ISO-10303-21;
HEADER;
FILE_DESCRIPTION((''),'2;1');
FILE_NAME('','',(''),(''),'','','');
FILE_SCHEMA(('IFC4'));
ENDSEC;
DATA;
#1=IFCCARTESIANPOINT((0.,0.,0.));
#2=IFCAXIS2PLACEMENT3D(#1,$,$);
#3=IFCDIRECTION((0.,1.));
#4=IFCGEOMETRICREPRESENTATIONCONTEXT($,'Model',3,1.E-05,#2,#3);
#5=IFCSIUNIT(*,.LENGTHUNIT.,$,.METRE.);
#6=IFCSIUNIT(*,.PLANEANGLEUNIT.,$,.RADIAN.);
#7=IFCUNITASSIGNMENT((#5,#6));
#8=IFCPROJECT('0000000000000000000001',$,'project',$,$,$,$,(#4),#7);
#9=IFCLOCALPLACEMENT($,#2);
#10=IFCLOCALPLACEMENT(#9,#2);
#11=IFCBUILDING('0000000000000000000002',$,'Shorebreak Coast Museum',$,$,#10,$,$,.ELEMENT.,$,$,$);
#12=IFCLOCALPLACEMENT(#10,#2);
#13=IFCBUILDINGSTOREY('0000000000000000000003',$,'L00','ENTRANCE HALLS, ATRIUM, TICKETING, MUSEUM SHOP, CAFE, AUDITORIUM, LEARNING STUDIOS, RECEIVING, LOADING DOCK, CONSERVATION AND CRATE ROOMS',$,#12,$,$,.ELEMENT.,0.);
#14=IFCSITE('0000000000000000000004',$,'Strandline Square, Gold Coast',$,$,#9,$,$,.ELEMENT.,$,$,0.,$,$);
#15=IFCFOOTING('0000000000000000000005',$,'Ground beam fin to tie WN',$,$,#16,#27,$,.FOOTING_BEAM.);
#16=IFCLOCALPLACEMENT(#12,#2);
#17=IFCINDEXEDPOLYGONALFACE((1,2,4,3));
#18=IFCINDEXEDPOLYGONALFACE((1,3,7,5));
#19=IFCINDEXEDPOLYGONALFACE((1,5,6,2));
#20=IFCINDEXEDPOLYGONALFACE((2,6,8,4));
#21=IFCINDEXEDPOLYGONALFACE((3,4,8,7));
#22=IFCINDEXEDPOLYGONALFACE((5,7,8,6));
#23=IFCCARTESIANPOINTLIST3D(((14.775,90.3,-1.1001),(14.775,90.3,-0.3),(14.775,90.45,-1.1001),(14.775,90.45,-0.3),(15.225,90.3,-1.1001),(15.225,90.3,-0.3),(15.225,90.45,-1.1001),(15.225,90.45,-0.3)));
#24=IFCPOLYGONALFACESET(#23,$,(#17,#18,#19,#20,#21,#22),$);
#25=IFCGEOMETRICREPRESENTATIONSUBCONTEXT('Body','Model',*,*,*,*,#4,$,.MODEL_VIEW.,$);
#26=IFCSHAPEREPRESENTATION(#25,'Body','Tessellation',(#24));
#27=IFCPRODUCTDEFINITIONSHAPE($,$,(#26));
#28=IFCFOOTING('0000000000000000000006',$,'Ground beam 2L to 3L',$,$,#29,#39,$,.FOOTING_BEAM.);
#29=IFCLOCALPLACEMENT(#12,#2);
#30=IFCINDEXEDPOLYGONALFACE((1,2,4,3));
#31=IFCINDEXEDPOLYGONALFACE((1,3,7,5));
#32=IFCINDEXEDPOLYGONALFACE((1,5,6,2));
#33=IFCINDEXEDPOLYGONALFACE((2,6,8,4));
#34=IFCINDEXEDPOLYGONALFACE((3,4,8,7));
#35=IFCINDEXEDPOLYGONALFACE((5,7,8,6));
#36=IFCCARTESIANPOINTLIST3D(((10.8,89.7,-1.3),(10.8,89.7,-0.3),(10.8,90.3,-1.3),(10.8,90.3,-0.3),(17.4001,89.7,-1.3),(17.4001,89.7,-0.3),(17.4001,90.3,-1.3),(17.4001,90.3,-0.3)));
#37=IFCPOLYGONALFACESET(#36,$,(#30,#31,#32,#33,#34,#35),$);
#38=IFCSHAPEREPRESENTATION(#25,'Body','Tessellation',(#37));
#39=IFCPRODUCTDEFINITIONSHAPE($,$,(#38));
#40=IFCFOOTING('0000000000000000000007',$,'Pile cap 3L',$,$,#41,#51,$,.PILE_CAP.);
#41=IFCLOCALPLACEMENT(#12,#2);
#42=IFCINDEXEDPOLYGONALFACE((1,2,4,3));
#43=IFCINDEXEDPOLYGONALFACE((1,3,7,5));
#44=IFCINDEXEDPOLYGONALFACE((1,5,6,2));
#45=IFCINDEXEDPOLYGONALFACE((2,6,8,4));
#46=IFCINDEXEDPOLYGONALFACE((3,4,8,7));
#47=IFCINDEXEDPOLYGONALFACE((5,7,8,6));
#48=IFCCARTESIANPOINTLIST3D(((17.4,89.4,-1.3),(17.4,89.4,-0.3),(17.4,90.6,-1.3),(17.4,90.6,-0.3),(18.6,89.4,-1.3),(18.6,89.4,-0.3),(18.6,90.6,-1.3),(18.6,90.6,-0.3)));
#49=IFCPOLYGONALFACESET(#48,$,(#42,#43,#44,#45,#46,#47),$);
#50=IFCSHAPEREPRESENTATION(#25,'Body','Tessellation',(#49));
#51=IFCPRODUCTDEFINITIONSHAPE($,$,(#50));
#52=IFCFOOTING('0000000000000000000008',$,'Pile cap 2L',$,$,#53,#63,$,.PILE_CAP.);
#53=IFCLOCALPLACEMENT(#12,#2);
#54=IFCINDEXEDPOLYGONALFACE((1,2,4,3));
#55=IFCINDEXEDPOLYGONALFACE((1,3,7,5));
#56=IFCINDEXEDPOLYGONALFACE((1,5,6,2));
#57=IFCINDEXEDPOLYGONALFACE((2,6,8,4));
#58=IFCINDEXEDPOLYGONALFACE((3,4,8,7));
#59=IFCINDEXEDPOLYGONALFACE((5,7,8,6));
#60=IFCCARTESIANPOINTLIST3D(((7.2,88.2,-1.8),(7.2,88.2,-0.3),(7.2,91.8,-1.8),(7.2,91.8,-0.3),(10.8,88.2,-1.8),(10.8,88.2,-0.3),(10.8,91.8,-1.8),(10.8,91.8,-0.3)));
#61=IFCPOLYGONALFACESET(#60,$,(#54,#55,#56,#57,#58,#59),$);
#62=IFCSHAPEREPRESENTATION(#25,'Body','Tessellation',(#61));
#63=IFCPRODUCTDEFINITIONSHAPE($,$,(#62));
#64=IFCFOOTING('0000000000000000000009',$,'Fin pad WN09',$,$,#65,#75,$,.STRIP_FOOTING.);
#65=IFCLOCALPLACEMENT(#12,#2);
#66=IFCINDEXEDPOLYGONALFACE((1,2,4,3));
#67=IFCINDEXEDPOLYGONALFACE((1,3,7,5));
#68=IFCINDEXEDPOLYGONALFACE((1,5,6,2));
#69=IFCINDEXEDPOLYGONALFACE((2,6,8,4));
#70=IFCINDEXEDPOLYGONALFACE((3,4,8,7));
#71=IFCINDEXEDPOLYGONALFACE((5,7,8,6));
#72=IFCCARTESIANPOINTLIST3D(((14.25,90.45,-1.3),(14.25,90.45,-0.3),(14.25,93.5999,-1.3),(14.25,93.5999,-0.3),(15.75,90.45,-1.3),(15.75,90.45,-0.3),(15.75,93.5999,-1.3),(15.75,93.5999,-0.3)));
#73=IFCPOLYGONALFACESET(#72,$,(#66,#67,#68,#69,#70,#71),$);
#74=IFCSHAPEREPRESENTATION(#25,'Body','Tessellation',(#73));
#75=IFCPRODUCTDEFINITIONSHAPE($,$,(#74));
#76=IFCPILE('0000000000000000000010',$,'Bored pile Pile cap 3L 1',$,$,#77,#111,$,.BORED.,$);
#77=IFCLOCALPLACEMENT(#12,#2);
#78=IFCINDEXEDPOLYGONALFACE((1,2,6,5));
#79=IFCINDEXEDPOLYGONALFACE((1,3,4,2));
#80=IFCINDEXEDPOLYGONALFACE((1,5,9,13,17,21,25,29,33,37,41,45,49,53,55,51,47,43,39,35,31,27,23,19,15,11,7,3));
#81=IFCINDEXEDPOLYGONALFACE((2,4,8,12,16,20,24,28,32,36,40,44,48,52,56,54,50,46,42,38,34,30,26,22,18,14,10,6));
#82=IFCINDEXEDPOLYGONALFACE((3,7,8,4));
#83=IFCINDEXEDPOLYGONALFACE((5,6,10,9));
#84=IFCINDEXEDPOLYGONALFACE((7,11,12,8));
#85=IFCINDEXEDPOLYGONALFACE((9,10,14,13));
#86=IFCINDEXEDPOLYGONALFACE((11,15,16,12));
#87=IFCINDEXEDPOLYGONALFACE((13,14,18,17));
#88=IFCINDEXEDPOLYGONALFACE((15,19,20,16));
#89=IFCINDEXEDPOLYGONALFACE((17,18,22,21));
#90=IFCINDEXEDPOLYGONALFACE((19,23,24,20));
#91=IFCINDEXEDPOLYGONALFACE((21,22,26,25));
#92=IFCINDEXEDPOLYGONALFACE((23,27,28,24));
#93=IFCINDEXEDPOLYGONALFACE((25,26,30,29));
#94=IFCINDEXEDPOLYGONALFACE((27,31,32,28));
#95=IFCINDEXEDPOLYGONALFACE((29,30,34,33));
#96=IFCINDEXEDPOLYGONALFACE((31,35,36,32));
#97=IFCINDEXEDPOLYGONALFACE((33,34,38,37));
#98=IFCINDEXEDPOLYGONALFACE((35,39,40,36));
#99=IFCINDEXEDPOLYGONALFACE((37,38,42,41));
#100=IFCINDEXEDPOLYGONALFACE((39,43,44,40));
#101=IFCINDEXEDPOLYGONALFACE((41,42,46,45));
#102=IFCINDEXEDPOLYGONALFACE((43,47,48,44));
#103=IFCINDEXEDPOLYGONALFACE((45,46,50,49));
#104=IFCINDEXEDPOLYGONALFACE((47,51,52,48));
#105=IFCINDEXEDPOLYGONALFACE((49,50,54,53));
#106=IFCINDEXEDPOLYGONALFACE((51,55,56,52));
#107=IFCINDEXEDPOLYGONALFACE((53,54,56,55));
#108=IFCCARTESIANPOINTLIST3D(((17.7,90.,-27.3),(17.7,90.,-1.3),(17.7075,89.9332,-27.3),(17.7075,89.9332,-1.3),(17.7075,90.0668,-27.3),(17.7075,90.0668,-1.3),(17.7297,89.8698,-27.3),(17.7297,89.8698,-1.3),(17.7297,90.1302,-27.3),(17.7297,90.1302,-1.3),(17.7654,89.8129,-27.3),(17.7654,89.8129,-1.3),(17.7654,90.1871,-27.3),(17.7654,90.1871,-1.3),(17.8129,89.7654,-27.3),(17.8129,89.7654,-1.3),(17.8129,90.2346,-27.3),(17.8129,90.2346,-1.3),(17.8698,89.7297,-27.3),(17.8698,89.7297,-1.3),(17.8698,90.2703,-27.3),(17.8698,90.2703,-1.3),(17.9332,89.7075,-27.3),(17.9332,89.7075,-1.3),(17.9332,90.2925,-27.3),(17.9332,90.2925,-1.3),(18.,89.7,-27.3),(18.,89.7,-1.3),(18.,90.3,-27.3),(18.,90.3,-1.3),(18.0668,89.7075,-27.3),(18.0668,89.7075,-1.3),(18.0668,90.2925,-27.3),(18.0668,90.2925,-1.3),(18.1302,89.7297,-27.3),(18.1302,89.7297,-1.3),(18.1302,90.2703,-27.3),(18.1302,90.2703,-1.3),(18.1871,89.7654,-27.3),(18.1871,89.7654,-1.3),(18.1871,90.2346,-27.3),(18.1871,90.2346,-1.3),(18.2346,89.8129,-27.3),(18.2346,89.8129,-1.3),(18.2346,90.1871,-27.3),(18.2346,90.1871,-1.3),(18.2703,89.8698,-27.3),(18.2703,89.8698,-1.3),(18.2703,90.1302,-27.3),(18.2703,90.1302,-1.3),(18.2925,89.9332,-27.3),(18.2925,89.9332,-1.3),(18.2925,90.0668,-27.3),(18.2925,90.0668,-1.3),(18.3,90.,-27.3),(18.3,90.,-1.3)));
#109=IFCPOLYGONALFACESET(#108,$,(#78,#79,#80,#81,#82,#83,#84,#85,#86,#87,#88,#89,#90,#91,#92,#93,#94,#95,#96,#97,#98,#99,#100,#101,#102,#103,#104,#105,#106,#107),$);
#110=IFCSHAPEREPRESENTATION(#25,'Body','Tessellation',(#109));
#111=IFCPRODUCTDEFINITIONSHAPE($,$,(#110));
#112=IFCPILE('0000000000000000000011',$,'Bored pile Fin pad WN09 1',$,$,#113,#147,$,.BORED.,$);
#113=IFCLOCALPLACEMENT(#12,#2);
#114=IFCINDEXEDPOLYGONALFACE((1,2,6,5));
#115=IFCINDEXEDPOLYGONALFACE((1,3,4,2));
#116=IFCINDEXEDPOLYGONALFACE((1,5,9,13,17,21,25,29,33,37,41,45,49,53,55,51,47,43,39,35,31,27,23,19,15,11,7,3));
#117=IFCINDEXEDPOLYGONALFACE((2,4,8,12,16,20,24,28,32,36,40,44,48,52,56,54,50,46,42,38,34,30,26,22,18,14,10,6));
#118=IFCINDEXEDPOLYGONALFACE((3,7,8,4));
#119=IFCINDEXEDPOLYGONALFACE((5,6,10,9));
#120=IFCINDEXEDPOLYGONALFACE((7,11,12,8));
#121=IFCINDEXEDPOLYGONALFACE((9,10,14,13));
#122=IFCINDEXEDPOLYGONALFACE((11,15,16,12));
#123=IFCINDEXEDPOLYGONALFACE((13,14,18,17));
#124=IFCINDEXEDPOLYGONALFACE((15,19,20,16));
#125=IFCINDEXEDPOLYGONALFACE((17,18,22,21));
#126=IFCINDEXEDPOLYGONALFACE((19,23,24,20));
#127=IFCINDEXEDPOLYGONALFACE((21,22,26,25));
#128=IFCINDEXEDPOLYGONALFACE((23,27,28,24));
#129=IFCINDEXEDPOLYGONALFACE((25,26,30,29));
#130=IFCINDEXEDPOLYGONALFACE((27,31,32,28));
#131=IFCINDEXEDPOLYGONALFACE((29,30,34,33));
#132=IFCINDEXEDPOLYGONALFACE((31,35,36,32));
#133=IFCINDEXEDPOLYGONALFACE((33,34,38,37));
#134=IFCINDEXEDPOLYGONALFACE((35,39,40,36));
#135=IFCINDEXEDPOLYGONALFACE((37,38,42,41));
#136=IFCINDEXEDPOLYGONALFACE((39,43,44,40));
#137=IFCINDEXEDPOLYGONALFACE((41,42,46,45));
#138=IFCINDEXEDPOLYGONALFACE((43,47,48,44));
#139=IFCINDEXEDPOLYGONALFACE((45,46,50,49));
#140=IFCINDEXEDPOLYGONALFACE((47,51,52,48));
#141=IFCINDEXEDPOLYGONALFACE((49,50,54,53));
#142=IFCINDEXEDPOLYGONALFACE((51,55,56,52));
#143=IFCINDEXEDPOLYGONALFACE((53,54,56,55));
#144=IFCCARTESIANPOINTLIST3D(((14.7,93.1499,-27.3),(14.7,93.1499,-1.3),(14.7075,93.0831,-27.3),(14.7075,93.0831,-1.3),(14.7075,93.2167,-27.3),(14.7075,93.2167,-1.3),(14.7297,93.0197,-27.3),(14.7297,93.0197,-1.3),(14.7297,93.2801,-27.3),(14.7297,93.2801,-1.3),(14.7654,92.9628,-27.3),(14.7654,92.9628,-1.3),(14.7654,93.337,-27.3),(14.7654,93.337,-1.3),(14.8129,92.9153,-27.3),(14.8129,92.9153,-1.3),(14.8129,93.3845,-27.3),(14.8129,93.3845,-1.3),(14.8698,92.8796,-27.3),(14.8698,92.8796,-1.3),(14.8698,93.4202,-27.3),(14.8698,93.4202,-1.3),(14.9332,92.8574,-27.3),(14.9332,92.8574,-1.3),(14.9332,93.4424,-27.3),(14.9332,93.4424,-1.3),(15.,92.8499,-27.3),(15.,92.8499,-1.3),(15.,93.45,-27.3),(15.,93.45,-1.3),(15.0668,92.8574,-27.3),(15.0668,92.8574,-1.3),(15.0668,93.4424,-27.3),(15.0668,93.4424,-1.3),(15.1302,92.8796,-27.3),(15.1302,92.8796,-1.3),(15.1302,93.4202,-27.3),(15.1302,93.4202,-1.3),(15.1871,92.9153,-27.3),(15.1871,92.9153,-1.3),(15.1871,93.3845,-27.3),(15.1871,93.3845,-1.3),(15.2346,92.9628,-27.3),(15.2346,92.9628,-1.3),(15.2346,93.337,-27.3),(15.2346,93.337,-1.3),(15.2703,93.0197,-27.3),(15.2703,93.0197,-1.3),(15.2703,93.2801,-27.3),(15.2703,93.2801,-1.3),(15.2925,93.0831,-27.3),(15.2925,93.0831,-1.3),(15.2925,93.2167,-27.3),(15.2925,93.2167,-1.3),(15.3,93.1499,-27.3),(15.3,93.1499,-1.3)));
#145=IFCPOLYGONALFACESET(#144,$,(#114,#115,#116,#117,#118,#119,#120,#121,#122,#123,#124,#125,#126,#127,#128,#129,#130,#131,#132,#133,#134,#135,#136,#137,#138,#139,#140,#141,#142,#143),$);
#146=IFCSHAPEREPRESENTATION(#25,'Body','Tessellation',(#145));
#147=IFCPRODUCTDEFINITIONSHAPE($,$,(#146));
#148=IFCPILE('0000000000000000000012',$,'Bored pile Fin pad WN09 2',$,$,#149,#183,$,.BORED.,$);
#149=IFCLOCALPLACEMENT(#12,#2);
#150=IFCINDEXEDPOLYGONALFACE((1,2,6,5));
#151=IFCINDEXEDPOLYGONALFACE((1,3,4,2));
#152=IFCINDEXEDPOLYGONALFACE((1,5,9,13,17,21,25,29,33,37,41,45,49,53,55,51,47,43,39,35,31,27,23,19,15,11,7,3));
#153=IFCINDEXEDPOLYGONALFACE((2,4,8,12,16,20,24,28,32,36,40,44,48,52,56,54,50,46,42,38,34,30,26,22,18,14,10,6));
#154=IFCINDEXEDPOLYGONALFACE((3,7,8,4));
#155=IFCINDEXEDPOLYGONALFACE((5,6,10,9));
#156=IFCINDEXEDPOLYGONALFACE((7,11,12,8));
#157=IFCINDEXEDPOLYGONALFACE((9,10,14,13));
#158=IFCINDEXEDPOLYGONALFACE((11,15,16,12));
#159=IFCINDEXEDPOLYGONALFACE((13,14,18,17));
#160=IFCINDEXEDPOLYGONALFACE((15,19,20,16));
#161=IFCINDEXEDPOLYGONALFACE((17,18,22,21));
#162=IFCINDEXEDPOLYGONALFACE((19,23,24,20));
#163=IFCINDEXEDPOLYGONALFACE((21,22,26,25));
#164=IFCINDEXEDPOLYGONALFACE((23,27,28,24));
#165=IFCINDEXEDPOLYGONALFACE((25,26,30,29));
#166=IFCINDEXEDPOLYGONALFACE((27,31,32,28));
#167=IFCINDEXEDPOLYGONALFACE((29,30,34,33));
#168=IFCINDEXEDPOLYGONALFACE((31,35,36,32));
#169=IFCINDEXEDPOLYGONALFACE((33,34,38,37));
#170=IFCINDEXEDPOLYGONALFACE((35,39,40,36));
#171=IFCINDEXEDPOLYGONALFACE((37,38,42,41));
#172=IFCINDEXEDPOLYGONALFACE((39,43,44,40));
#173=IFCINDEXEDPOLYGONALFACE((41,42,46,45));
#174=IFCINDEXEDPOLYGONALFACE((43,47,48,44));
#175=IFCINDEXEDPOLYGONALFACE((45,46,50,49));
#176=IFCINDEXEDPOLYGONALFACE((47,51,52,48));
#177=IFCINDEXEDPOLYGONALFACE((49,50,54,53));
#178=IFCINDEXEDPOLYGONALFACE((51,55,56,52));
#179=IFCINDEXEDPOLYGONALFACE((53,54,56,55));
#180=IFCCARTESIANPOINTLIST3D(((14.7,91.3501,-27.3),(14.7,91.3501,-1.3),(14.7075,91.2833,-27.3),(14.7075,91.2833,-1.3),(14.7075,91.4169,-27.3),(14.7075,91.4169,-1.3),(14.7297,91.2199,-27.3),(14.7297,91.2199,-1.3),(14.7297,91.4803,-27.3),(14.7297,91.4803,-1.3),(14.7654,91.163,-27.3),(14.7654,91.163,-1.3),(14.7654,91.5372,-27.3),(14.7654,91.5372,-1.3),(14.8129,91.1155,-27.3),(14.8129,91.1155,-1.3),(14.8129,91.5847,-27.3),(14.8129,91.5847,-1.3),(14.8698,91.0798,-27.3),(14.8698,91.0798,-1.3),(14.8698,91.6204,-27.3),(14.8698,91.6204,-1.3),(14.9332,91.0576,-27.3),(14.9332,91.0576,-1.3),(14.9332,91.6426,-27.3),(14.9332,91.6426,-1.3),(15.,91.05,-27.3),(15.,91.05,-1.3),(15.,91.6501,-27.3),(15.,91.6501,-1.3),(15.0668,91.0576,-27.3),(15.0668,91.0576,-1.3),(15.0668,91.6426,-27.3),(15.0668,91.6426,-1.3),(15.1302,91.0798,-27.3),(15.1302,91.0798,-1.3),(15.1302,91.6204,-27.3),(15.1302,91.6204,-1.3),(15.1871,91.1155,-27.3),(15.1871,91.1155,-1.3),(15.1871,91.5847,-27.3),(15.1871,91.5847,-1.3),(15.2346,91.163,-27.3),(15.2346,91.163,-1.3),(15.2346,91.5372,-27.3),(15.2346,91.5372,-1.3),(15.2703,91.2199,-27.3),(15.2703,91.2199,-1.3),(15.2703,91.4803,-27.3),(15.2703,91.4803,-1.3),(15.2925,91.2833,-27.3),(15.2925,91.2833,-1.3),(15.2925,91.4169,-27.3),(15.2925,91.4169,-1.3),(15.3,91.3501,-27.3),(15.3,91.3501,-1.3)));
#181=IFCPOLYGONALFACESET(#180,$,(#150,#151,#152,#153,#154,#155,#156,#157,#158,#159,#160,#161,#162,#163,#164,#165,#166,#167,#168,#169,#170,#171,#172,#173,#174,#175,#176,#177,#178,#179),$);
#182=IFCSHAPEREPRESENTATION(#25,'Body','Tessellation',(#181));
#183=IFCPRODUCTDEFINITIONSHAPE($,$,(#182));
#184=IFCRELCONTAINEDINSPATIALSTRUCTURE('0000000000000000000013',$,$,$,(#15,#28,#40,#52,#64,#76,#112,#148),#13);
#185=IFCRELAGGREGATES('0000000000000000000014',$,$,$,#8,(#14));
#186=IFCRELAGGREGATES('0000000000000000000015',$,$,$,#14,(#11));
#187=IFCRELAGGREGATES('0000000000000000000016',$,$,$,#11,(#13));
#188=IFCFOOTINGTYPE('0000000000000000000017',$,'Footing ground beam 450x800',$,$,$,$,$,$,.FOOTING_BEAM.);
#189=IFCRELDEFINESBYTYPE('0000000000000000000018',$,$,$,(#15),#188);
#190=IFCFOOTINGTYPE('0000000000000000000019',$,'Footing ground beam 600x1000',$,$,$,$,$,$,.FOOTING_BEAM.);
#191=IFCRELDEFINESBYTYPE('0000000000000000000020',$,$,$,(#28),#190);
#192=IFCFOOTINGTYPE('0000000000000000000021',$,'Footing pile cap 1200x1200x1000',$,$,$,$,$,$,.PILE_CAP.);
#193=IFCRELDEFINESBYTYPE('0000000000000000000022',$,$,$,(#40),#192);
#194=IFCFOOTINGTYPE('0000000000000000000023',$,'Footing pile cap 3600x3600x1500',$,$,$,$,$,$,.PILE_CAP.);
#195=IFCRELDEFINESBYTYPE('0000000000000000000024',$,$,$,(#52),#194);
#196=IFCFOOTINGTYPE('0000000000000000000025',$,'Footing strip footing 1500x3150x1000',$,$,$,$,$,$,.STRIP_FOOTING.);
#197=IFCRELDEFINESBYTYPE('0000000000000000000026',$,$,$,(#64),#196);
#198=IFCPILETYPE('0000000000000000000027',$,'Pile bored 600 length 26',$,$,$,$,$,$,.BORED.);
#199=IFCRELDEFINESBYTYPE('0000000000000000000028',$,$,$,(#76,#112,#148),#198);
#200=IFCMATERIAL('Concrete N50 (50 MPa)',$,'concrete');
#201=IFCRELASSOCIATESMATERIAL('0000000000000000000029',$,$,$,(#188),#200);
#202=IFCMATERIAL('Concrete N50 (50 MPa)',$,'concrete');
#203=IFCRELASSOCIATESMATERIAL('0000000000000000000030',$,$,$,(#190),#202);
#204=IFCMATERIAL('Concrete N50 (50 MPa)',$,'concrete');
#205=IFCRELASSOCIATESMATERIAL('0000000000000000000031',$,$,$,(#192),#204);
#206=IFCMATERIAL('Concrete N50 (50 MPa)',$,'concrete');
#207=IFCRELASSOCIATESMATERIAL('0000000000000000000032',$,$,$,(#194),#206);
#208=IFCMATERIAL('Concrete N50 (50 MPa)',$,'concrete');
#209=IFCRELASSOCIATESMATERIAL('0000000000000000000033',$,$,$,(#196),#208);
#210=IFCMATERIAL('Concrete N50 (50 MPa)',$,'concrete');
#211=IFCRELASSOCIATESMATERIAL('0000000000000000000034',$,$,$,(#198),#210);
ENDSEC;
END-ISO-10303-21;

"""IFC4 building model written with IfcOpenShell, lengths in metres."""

from ifc_helpers import new_model, si_unit, direction, frame, origin, origin_2d, place, context, subcontext, project, spatial, rectangle, circle, extrude, material, material_profile, profile_set, type_object, element, save


model = new_model("IFC4")

# Units and contexts
model_context = context("Model", 3, precision=1e-05, world=origin(), true_north=direction((0.0, 1.0)))
body_context = subcontext(model_context, "Body", "Model", "MODEL_VIEW")
ifc_project = project(units=[si_unit("LENGTHUNIT", "METRE"), si_unit("PLANEANGLEUNIT", "RADIAN")], contexts=[model_context])

# Site, building, storey
site_placement = place(None, origin())
site = spatial("IfcSite", under=ifc_project, at=site_placement, Name="Strandline Square, Gold Coast", CompositionType="ELEMENT", RefElevation=0.0)
building_placement = place(site_placement, origin())
building = spatial("IfcBuilding", under=site, at=building_placement, Name="Shorebreak Coast Museum", CompositionType="ELEMENT")
storey_placement = place(building_placement, origin())
storey = spatial("IfcBuildingStorey", under=building, at=storey_placement, Name="L00", Description="ENTRANCE HALLS, ATRIUM, TICKETING, MUSEUM SHOP, CAFE, AUDITORIUM, LEARNING STUDIOS, RECEIVING, LOADING DOCK, CONSERVATION AND CRATE ROOMS", CompositionType="ELEMENT", Elevation=0.0)

# Footings
ifc_material_1 = material(Name="Concrete N50 (50 MPa)", Category="concrete")
footing_type_1 = type_object("IfcFootingType", Name="Footing ground beam 450x800", PredefinedType="FOOTING_BEAM", material=ifc_material_1)
footing_1_placement = place(storey_placement, frame((15.0, 90.375, -1.1001), z_axis=(0.0, 0.0, 1.0), x_axis=(1.0, 0.0, 0.0)))
element("IfcFooting", 1, at=footing_1_placement, inside=storey, type_object=footing_type_1, Name="Ground beam fin to tie WN", PredefinedType="FOOTING_BEAM", context=body_context, shape_type="SweptSolid", body=[
    extrude(rectangle(XDim=0.45, YDim=0.1499, at=origin_2d()), origin(), (0.0, 0.0, 1.0), 0.8),
])
ifc_material_2 = material(Name="Concrete N50 (50 MPa)", Category="concrete")
footing_type_2 = type_object("IfcFootingType", Name="Footing ground beam 600x1000", PredefinedType="FOOTING_BEAM", material=ifc_material_2)
footing_2_placement = place(storey_placement, frame((14.1001, 90.0, -1.3), z_axis=(0.0, 0.0, 1.0), x_axis=(1.0, 0.0, 0.0)))
element("IfcFooting", 2, at=footing_2_placement, inside=storey, type_object=footing_type_2, Name="Ground beam 2L to 3L", PredefinedType="FOOTING_BEAM", context=body_context, shape_type="SweptSolid", body=[
    extrude(rectangle(XDim=6.6001, YDim=0.6001, at=origin_2d()), origin(), (0.0, 0.0, 1.0), 1.0),
])
ifc_material_3 = material(Name="Concrete N50 (50 MPa)", Category="concrete")
footing_type_3 = type_object("IfcFootingType", Name="Footing pile cap 1200x1200x1000", PredefinedType="PILE_CAP", material=ifc_material_3)
footing_3_placement = place(storey_placement, frame((18.0, 90.0, -1.3), z_axis=(0.0, 0.0, 1.0), x_axis=(1.0, 0.0, 0.0)))
element("IfcFooting", 3, at=footing_3_placement, inside=storey, type_object=footing_type_3, Name="Pile cap 3L", PredefinedType="PILE_CAP", context=body_context, shape_type="SweptSolid", body=[
    extrude(rectangle(XDim=1.2, YDim=1.2, at=origin_2d()), origin(), (0.0, 0.0, 1.0), 1.0),
])
ifc_material_4 = material(Name="Concrete N50 (50 MPa)", Category="concrete")
footing_type_4 = type_object("IfcFootingType", Name="Footing pile cap 3600x3600x1500", PredefinedType="PILE_CAP", material=ifc_material_4)
footing_4_placement = place(storey_placement, frame((9.0, 90.0, -1.8), z_axis=(0.0, 0.0, 1.0), x_axis=(1.0, 0.0, 0.0)))
element("IfcFooting", 4, at=footing_4_placement, inside=storey, type_object=footing_type_4, Name="Pile cap 2L", PredefinedType="PILE_CAP", context=body_context, shape_type="SweptSolid", body=[
    extrude(rectangle(XDim=3.6001, YDim=3.6001, at=origin_2d()), origin(), (0.0, 0.0, 1.0), 1.5),
])
ifc_material_5 = material(Name="Concrete N50 (50 MPa)", Category="concrete")
footing_type_5 = type_object("IfcFootingType", Name="Footing strip footing 1500x3150x1000", PredefinedType="STRIP_FOOTING", material=ifc_material_5)
footing_5_placement = place(storey_placement, frame((15.0, 92.0249, -1.3), z_axis=(0.0, 0.0, 1.0), x_axis=(1.0, 0.0, 0.0)))
element("IfcFooting", 5, at=footing_5_placement, inside=storey, type_object=footing_type_5, Name="Fin pad WN09", PredefinedType="STRIP_FOOTING", context=body_context, shape_type="SweptSolid", body=[
    extrude(rectangle(XDim=1.5, YDim=3.1499, at=origin_2d()), origin(), (0.0, 0.0, 1.0), 1.0),
])

# Piles
ifc_material_6 = material(Name="Concrete N50 (50 MPa)", Category="concrete")
ifc_material_profile_1 = material_profile(ifc_material_6, circle(Radius=0.3, at=origin_2d()), Name="Pile bored 600 length 26")
ifc_profile_set_1 = profile_set([ifc_material_profile_1], Name="Concrete N50 (50 MPa)")
pile_type_1 = type_object("IfcPileType", Name="Pile bored 600 length 26", PredefinedType="BORED", material=ifc_profile_set_1)
for number, where, z_axis, x_axis, name in (
    (6, (18.0, 90.0, -1.3), (0.0, 0.0, -1.0), (1.0, 0.0, 0.0), "Bored pile Pile cap 3L 1"),
    (7, (15.0, 93.1499, -1.3), (0.0, 0.0, -1.0), (1.0, 0.0, 0.0), "Bored pile Fin pad WN09 1"),
    (8, (15.0, 91.3501, -1.3), (0.0, 0.0, -1.0), (1.0, 0.0, 0.0), "Bored pile Fin pad WN09 2"),
):
    element("IfcPile", number, at=place(storey_placement, frame(where, z_axis=z_axis, x_axis=x_axis)), inside=storey, type_object=pile_type_1, Name=name, PredefinedType="BORED", context=body_context, shape_type="SweptSolid", body=[
        extrude(circle(Radius=0.3, at=origin_2d()), origin(), (0.0, 0.0, 1.0), 26.0),
    ])

save(model, "model.ifc")
